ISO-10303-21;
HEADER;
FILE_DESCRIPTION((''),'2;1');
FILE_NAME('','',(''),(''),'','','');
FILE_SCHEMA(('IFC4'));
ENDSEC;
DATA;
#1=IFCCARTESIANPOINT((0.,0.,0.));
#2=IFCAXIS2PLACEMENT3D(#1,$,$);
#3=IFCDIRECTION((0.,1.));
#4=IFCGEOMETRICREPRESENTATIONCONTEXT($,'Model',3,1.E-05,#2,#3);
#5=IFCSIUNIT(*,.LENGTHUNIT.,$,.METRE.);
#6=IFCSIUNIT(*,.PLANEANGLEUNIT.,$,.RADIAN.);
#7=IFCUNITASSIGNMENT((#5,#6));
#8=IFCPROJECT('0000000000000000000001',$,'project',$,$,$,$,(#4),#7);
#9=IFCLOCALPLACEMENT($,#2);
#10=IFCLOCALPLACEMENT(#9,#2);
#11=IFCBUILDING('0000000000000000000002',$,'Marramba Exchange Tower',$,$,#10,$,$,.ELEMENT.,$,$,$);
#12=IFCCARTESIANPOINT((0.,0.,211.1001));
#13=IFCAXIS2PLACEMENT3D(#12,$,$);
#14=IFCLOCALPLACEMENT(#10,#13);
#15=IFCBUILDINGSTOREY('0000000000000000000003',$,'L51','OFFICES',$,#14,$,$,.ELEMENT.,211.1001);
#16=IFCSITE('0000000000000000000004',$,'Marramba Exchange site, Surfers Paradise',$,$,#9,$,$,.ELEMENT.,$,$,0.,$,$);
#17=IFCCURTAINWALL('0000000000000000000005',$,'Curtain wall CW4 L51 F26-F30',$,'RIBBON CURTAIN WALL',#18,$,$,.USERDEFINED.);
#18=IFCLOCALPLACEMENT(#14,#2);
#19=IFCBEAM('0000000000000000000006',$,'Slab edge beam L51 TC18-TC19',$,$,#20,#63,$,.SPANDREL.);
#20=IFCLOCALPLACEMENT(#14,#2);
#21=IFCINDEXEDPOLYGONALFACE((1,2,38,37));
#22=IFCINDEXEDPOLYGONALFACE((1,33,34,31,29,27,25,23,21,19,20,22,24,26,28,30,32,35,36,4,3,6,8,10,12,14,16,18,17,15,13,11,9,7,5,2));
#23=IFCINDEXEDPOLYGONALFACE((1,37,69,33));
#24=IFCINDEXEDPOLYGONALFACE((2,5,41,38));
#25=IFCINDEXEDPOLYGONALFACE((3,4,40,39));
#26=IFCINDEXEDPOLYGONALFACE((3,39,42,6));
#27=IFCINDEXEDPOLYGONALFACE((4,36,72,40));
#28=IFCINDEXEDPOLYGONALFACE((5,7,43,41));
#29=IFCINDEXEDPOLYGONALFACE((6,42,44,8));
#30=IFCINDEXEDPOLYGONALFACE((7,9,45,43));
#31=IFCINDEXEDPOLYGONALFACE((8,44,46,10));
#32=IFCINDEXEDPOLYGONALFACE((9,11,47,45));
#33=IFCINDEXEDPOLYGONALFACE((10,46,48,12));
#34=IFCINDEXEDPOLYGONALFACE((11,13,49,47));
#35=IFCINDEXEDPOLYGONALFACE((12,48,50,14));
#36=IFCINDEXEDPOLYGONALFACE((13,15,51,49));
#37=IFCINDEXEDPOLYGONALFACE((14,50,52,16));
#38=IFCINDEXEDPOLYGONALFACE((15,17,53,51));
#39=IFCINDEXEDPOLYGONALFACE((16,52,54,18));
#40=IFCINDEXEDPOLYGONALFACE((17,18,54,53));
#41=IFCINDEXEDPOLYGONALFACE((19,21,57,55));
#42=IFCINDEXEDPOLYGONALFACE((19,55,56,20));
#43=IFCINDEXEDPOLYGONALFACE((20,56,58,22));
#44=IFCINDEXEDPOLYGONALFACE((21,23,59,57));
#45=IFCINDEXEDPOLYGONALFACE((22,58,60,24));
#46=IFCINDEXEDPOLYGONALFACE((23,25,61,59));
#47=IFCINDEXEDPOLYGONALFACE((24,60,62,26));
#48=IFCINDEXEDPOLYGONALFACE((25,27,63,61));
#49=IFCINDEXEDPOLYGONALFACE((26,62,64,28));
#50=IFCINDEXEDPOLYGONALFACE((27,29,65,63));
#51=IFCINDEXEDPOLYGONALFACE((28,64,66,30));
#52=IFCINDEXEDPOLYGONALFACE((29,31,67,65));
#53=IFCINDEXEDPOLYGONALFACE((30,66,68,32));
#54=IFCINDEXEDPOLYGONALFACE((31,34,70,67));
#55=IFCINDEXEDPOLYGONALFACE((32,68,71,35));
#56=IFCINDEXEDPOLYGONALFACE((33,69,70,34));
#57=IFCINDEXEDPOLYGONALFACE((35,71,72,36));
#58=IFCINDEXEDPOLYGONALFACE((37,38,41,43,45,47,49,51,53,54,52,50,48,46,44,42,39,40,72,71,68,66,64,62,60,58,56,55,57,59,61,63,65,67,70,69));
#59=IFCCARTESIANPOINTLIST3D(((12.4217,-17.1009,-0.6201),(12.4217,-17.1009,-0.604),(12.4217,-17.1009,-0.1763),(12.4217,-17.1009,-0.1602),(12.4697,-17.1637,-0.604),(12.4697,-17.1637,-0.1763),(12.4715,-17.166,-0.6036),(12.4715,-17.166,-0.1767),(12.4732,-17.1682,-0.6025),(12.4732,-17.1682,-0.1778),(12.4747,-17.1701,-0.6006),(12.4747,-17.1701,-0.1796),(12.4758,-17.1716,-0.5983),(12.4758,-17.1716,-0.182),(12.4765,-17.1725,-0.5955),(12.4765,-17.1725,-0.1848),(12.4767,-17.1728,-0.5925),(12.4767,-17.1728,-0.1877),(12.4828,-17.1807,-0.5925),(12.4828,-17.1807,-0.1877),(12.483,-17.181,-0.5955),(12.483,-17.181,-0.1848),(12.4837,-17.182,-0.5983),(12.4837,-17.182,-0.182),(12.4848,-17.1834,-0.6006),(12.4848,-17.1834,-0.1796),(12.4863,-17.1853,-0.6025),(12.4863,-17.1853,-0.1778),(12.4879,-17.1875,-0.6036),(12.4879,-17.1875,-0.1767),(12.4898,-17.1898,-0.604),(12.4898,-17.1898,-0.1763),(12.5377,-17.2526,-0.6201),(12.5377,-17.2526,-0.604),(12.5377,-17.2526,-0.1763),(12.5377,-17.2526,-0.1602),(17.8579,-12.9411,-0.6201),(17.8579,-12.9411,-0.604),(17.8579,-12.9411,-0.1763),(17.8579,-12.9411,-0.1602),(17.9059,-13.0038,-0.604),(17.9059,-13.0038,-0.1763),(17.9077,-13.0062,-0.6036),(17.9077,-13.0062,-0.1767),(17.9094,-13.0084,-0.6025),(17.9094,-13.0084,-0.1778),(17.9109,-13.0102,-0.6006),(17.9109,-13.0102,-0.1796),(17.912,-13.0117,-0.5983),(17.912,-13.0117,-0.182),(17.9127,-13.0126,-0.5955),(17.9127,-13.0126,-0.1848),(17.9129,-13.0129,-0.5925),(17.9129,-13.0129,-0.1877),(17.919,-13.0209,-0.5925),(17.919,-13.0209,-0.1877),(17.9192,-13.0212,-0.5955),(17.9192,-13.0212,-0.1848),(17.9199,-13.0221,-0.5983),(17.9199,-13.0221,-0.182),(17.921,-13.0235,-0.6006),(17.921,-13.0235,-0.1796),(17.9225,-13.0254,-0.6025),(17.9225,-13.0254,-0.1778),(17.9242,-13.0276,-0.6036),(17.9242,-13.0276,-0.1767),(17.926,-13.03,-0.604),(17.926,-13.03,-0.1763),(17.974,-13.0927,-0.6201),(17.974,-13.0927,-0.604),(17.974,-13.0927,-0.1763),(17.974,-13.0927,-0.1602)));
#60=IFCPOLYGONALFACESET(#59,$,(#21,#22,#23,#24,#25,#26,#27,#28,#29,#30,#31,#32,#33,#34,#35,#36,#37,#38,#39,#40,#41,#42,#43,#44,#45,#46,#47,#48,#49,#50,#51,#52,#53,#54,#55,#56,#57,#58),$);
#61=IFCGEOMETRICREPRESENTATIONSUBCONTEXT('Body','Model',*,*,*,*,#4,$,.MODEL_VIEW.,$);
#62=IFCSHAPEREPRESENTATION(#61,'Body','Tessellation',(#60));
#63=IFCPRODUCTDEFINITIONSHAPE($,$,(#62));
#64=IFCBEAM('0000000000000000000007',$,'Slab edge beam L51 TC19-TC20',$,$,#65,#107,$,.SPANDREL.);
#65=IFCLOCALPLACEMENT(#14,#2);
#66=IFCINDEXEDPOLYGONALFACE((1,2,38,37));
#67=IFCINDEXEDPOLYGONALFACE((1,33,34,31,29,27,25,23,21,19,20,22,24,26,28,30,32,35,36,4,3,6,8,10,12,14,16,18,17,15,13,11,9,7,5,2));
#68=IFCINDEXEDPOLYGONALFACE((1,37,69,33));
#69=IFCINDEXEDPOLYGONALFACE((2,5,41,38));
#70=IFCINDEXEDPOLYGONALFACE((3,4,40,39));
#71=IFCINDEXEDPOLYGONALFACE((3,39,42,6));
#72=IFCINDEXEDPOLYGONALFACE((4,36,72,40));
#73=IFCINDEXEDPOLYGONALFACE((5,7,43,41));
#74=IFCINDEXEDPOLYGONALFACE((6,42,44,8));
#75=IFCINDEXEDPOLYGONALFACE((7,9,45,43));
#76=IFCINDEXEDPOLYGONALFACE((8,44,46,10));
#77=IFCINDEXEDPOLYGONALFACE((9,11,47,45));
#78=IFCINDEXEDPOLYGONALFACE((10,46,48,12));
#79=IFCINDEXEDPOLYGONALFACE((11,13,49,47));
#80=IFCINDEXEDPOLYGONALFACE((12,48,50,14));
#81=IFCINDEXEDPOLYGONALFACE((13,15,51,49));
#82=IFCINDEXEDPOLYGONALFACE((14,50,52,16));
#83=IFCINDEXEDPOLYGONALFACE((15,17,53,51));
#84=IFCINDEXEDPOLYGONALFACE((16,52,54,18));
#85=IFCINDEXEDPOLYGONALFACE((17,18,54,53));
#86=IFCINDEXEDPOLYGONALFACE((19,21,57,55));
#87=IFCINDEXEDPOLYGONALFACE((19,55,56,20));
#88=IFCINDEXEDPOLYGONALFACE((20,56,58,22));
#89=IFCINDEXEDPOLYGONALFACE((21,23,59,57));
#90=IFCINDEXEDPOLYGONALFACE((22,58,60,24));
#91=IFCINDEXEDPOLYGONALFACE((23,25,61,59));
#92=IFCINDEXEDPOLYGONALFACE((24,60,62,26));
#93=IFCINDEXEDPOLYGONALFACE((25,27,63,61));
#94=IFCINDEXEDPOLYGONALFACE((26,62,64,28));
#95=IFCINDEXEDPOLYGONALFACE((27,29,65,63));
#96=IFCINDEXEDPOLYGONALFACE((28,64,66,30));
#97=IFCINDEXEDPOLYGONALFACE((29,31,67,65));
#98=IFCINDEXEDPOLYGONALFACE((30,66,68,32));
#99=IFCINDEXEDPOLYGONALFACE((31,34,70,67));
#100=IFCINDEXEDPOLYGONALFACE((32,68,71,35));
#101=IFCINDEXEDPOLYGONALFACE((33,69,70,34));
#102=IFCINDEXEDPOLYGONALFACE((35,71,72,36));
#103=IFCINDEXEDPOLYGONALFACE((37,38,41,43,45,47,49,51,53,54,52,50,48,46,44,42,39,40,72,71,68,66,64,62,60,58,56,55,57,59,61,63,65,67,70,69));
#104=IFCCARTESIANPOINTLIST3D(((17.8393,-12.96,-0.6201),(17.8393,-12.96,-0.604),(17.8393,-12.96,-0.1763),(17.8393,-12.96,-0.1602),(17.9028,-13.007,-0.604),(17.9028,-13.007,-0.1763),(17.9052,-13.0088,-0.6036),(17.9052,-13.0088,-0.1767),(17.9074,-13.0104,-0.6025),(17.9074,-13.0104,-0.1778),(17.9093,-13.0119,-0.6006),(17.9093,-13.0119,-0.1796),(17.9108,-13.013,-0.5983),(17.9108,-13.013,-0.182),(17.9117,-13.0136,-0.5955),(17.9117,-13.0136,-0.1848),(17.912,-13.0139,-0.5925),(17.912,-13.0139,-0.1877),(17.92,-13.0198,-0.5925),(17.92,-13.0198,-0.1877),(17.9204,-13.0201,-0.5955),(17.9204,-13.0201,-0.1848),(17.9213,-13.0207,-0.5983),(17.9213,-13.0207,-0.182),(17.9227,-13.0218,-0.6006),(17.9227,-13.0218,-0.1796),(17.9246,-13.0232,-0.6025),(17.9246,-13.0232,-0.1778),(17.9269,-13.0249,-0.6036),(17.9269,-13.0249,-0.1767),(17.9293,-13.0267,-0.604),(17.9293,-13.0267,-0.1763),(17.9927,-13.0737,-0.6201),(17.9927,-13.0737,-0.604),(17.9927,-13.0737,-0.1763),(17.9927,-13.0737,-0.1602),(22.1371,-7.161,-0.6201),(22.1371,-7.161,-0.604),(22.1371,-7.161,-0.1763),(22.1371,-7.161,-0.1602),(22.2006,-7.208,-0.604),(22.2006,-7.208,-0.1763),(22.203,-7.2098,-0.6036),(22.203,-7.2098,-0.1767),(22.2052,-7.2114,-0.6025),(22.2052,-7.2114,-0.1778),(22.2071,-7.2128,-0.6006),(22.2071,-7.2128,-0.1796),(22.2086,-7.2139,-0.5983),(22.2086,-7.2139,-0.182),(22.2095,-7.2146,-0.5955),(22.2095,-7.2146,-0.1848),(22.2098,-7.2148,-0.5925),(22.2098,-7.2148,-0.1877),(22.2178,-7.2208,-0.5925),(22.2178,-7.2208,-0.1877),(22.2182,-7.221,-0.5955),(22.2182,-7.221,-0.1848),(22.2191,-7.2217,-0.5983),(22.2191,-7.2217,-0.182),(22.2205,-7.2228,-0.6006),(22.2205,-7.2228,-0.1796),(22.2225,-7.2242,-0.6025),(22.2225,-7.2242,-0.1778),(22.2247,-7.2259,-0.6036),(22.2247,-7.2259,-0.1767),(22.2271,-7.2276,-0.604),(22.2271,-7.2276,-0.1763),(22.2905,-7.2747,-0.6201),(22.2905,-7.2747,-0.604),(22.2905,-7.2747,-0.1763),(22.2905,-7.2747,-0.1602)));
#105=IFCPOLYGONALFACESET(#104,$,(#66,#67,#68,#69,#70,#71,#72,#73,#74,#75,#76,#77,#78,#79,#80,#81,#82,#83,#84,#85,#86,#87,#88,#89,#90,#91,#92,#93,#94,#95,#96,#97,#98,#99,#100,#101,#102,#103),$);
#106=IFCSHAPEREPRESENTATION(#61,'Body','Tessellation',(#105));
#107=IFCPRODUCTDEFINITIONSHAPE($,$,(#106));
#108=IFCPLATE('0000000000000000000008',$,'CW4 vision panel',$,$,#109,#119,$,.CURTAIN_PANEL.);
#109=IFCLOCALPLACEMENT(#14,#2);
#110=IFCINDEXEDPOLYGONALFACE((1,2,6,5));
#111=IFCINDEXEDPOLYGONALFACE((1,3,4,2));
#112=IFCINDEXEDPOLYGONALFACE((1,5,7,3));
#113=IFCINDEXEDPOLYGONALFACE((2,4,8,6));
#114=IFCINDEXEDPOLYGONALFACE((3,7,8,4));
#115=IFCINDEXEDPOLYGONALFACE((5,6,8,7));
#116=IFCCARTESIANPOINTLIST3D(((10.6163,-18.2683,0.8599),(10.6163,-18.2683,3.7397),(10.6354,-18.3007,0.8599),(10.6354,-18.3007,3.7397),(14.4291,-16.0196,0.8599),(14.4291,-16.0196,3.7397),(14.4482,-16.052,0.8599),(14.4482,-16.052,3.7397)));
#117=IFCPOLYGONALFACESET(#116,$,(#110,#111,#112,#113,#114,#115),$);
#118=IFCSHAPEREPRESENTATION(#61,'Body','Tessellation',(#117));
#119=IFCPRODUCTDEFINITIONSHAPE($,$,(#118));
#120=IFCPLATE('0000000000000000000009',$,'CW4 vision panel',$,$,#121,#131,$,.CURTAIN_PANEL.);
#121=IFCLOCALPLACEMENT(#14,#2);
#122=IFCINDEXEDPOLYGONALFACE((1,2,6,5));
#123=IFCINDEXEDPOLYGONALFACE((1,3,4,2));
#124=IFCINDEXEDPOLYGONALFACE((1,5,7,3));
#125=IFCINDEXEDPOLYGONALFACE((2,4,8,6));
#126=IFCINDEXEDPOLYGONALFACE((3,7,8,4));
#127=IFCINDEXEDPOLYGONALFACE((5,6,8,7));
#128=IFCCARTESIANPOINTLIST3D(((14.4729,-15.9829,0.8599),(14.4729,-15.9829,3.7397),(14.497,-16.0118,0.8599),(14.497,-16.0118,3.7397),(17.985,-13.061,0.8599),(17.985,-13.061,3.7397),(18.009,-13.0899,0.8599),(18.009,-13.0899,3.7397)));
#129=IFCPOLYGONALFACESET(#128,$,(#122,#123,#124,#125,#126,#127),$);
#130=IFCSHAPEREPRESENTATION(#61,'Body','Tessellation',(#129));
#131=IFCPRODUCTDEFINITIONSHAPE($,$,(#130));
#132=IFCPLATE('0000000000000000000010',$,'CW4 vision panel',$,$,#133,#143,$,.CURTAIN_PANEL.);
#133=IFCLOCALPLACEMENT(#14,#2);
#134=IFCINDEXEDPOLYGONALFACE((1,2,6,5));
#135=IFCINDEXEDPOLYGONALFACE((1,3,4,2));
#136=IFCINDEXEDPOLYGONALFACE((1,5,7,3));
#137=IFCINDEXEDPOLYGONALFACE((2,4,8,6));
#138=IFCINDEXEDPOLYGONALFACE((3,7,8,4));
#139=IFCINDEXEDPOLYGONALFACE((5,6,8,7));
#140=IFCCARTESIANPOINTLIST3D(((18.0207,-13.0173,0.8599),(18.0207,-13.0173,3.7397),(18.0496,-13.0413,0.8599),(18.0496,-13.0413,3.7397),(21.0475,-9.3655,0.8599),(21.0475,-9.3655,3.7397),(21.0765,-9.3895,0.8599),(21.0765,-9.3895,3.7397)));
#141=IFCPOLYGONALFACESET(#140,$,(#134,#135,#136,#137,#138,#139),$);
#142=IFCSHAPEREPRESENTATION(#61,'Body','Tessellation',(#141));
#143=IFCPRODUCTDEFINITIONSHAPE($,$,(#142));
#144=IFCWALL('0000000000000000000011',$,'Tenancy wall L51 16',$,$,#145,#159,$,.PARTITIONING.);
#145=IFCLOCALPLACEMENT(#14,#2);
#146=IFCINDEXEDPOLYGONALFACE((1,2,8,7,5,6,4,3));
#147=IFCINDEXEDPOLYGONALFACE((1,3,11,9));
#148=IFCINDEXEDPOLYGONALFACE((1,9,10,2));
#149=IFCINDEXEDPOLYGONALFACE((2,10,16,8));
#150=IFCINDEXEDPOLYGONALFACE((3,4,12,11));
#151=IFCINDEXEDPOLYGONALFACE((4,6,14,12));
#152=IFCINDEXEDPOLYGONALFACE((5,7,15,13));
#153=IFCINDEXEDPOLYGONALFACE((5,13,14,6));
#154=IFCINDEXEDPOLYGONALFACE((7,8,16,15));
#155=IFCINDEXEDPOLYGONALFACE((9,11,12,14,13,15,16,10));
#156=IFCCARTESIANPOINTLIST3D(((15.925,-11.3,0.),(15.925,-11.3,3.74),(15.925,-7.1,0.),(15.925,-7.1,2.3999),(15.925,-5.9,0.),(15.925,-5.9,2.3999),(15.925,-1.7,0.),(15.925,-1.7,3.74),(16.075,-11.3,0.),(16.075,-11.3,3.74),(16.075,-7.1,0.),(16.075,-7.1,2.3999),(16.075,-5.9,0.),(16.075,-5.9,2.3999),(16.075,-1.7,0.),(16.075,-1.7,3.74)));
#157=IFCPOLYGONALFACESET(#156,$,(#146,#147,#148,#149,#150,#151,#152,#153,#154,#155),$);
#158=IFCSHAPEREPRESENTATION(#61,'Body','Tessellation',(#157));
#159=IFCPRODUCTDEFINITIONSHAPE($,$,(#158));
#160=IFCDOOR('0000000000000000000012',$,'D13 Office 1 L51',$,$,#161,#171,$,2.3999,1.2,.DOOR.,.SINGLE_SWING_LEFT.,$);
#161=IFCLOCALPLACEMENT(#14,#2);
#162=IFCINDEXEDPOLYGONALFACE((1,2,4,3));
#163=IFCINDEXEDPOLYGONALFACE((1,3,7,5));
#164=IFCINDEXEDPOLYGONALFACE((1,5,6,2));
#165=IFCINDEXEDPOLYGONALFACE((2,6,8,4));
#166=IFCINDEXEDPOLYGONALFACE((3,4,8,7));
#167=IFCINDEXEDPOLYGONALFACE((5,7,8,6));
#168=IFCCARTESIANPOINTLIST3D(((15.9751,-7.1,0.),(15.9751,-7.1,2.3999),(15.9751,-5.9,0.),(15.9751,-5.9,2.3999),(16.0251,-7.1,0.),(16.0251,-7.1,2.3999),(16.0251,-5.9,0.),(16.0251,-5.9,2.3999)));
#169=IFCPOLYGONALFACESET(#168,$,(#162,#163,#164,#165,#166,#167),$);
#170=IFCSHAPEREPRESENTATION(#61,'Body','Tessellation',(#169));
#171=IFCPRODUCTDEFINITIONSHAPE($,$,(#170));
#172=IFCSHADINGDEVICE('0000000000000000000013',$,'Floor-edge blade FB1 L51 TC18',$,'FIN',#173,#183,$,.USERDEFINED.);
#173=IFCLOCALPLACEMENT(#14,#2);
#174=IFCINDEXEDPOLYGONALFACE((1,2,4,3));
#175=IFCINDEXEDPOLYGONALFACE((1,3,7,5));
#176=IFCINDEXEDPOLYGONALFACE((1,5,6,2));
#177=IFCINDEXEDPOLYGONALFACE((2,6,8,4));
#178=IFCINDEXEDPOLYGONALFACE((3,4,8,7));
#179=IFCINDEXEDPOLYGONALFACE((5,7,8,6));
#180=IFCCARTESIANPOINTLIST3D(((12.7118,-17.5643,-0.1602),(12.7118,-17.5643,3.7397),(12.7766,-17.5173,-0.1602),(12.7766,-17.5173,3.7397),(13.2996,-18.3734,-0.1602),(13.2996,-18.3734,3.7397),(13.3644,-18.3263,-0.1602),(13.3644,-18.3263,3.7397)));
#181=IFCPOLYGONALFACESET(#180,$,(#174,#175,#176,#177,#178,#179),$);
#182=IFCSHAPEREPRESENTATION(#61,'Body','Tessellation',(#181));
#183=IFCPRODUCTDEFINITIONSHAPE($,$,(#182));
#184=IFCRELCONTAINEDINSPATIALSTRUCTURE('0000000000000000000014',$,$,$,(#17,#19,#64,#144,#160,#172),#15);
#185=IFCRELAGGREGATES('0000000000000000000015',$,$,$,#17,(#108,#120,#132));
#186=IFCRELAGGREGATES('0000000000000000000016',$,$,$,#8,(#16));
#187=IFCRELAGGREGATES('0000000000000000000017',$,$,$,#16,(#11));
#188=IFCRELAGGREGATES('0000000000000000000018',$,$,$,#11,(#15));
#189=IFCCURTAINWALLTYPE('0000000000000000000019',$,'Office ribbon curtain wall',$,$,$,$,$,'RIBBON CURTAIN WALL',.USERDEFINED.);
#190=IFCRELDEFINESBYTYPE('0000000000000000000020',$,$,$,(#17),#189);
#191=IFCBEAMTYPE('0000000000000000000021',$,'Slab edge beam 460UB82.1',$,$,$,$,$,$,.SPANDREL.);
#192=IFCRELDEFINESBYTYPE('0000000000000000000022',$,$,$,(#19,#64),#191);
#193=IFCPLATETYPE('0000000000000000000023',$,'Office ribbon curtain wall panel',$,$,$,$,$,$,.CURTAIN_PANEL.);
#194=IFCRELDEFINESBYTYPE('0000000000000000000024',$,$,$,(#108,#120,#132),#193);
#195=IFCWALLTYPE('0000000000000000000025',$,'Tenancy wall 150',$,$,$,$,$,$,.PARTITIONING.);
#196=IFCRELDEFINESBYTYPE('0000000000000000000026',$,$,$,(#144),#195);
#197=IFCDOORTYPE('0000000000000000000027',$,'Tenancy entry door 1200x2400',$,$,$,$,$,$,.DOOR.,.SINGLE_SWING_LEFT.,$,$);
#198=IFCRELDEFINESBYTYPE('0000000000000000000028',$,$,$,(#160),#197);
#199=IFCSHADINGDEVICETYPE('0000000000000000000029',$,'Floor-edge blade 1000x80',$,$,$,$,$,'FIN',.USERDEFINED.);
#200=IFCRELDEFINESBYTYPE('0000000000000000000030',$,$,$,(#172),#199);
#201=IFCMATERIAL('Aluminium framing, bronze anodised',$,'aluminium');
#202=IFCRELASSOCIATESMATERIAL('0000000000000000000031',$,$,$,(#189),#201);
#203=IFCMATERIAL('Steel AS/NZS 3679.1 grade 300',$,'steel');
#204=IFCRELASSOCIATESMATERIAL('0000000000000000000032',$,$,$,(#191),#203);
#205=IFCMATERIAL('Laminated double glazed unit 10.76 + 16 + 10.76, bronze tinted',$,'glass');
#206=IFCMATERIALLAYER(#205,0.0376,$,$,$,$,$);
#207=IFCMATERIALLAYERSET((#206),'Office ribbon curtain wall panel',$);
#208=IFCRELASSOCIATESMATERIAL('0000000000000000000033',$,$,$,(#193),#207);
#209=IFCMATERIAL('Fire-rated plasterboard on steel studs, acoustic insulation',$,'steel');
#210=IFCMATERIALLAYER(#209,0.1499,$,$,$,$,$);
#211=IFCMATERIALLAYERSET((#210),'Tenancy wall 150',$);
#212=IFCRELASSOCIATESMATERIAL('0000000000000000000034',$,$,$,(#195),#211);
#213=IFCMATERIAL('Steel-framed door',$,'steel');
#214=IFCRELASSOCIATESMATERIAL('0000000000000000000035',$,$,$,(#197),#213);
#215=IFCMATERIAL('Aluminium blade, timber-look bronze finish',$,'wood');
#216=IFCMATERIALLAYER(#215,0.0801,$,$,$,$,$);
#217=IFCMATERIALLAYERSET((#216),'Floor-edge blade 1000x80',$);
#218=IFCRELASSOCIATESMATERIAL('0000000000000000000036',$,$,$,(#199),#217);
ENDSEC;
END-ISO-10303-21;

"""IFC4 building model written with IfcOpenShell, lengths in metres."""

from ifc_helpers import new_model, si_unit, direction, frame, frame_2d, origin, origin_2d, place, context, subcontext, project, spatial, rectangle, i_section, extrude, material, layer, layer_set, material_profile, profile_set, type_object, element, fill, aggregate, save


model = new_model("IFC4")

# Units and contexts
model_context = context("Model", 3, precision=1e-05, world=origin(), true_north=direction((0.0, 1.0)))
body_context = subcontext(model_context, "Body", "Model", "MODEL_VIEW")
ifc_project = project(units=[si_unit("LENGTHUNIT", "METRE"), si_unit("PLANEANGLEUNIT", "RADIAN")], contexts=[model_context])

# Site, building, storey
site_placement = place(None, origin())
site = spatial("IfcSite", under=ifc_project, at=site_placement, Name="Marramba Exchange site, Surfers Paradise", CompositionType="ELEMENT", RefElevation=0.0)
building_placement = place(site_placement, origin())
building = spatial("IfcBuilding", under=site, at=building_placement, Name="Marramba Exchange Tower", CompositionType="ELEMENT")
storey_placement = place(building_placement, frame((0.0, 0.0, 211.1001)))
storey = spatial("IfcBuildingStorey", under=building, at=storey_placement, Name="L51", Description="OFFICES", CompositionType="ELEMENT", Elevation=211.1001)

# Curtain wall
ifc_material_1 = material(Name="Aluminium framing, bronze anodised", Category="aluminium")
curtain_wall_type = type_object("IfcCurtainWallType", Name="Office ribbon curtain wall", ElementType="RIBBON CURTAIN WALL", PredefinedType="USERDEFINED", material=ifc_material_1)
curtain_wall_placement = place(storey_placement, origin())
curtain_wall = element("IfcCurtainWall", 1, at=curtain_wall_placement, inside=storey, type_object=curtain_wall_type, Name="Curtain wall CW4 L51 F26-F30", ObjectType="RIBBON CURTAIN WALL", PredefinedType="USERDEFINED")

# Beams
ifc_material_2 = material(Name="Steel AS/NZS 3679.1 grade 300", Category="steel")
ifc_material_profile_1 = material_profile(ifc_material_2, i_section(OverallWidth=0.1909, OverallDepth=0.46, WebThickness=0.01, FlangeThickness=0.0161, FilletRadius=0.0115, at=origin_2d()), Name="460UB82.1")
ifc_profile_set_1 = profile_set([ifc_material_profile_1], Name="Steel AS/NZS 3679.1 grade 300")
beam_type_1 = type_object("IfcBeamType", Name="Slab edge beam 460UB82.1", PredefinedType="SPANDREL", material=ifc_profile_set_1)
beam_1_placement = place(storey_placement, frame((12.4797, -17.1768, -0.3901), z_axis=(0.794163, 0.607704, 0.0), x_axis=(-0.607704, 0.794163, 0.0)))
element("IfcBeam", 2, at=beam_1_placement, inside=storey, type_object=beam_type_1, Name="Slab edge beam L51 TC18-TC19", PredefinedType="SPANDREL", context=body_context, shape_type="SweptSolid", body=[
    extrude(i_section(OverallWidth=0.1909, OverallDepth=0.46, WebThickness=0.01, FlangeThickness=0.0161, FilletRadius=0.0115, at=origin_2d()), origin(), (0.0, 0.0, 1.0), 6.8452),
])
beam_2_placement = place(storey_placement, frame((17.916, -13.0168, -0.3901), z_axis=(0.595428, 0.803409, 0.0), x_axis=(-0.803409, 0.595428, 0.0)))
element("IfcBeam", 3, at=beam_2_placement, inside=storey, type_object=beam_type_1, Name="Slab edge beam L51 TC19-TC20", PredefinedType="SPANDREL", context=body_context, shape_type="SweptSolid", body=[
    extrude(i_section(OverallWidth=0.1909, OverallDepth=0.46, WebThickness=0.01, FlangeThickness=0.0161, FilletRadius=0.0115, at=origin_2d()), origin(), (0.0, 0.0, 1.0), 7.218),
])

# Plates
ifc_material_3 = material(Name="Laminated double glazed unit 10.76 + 16 + 10.76, bronze tinted", Category="glass")
ifc_layer_1 = layer(ifc_material_3, 0.0376)
ifc_layer_set_1 = layer_set([ifc_layer_1], Name="Office ribbon curtain wall panel")
plate_type = type_object("IfcPlateType", Name="Office ribbon curtain wall panel", PredefinedType="CURTAIN_PANEL", material=ifc_layer_set_1)
plate_1_placement = place(storey_placement, frame((12.5322, -17.1602, 0.8599), z_axis=(0.0, 0.0, 1.0), x_axis=(0.861351, 0.508011, 0.0)))
plate_1 = element("IfcPlate", 4, at=plate_1_placement, type_object=plate_type, Name="CW4 vision panel", PredefinedType="CURTAIN_PANEL", context=body_context, shape_type="SweptSolid", body=[
    extrude(rectangle(XDim=4.4265, YDim=0.0376, at=origin_2d()), origin(), (0.0, 0.0, 1.0), 2.8799),
])
plate_2_placement = place(storey_placement, frame((16.241, -14.5364, 0.8599), z_axis=(0.0, 0.0, 1.0), x_axis=(0.768737, 0.639565, 0.0)))
plate_2 = element("IfcPlate", 5, at=plate_2_placement, type_object=plate_type, Name="CW4 vision panel", PredefinedType="CURTAIN_PANEL", context=body_context, shape_type="SweptSolid", body=[
    extrude(rectangle(XDim=4.5686, YDim=0.0376, at=origin_2d()), origin(), (0.0, 0.0, 1.0), 2.8799),
])
plate_3_placement = place(storey_placement, frame((19.5486, -11.2034, 0.8599), z_axis=(0.0, 0.0, 1.0), x_axis=(0.63815, 0.769912, 0.0)))
plate_3 = element("IfcPlate", 6, at=plate_3_placement, type_object=plate_type, Name="CW4 vision panel", PredefinedType="CURTAIN_PANEL", context=body_context, shape_type="SweptSolid", body=[
    extrude(rectangle(XDim=4.7432, YDim=0.0376, at=origin_2d()), origin(), (0.0, 0.0, 1.0), 2.8799),
])
aggregate(curtain_wall, [plate_1, plate_2, plate_3])

# Wall, opening, door
ifc_material_4 = material(Name="Steel-framed door", Category="steel")
ifc_material_5 = material(Name="Fire-rated plasterboard on steel studs, acoustic insulation", Category="steel")
ifc_layer_2 = layer(ifc_material_5, 0.1499)
ifc_layer_set_2 = layer_set([ifc_layer_2], Name="Tenancy wall 150")
wall_type_1 = type_object("IfcWallType", Name="Tenancy wall 150", PredefinedType="PARTITIONING", material=ifc_layer_set_2)
wall_1_placement = place(storey_placement, frame((16.0, -11.3, 0.0), z_axis=(0.0, 0.0, 1.0), x_axis=(0.0, 1.0, 0.0)))
wall_1 = element("IfcWall", 7, at=wall_1_placement, inside=storey, type_object=wall_type_1, Name="Tenancy wall L51 16", PredefinedType="PARTITIONING", context=body_context, shape_type="SweptSolid", body=[
    extrude(rectangle(XDim=9.6001, YDim=0.1499, at=frame_2d((4.8, 0.0))), origin(), (0.0, 0.0, 1.0), 3.74),
])
opening_1_placement = place(wall_1_placement, frame((4.2, 0.0, 0.0)))
opening_1 = element("IfcOpeningElement", 8, at=opening_1_placement, cuts=wall_1, PredefinedType="OPENING", context=body_context, shape_type="SweptSolid", body=[
    extrude(rectangle(XDim=1.2, YDim=2.3999, at=frame_2d((0.6001, 1.2))), frame((0.0, 0.085, 0.0), z_axis=(0.0, -1.0, 0.0), x_axis=(1.0, 0.0, 0.0)), (0.0, 0.0, 1.0), 0.1699),
])
door_type_1 = type_object("IfcDoorType", Name="Tenancy entry door 1200x2400", OperationType="SINGLE_SWING_LEFT", PredefinedType="DOOR", material=ifc_material_4)
door_1_placement = place(opening_1_placement, origin())
door_1 = element("IfcDoor", 9, at=door_1_placement, inside=storey, type_object=door_type_1, Name="D13 Office 1 L51", OperationType="SINGLE_SWING_LEFT", OverallHeight=2.3999, OverallWidth=1.2, PredefinedType="DOOR", context=body_context, shape_type="SweptSolid", body=[
    extrude(rectangle(XDim=1.2, YDim=2.3999, at=frame_2d((0.6001, 1.2))), frame((0.0, 0.0249, 0.0), z_axis=(0.0, -1.0, 0.0), x_axis=(1.0, 0.0, 0.0)), (0.0, 0.0, 1.0), 0.05),
])
fill(opening_1, door_1)

# Shading device
ifc_material_6 = material(Name="Aluminium blade, timber-look bronze finish", Category="wood")
ifc_layer_3 = layer(ifc_material_6, 0.0801)
ifc_layer_set_3 = layer_set([ifc_layer_3], Name="Floor-edge blade 1000x80")
shading_device_type_1 = type_object("IfcShadingDeviceType", Name="Floor-edge blade 1000x80", ElementType="FIN", PredefinedType="USERDEFINED", material=ifc_layer_set_3)
for number, where, z_axis, x_axis, name in (
    (10, (13.0381, -17.9453, -0.1602), (0.0, 0.0, 1.0), (0.587785, -0.809017, 0.0), "Floor-edge blade FB1 L51 TC18"),
):
    element("IfcShadingDevice", number, at=place(storey_placement, frame(where, z_axis=z_axis, x_axis=x_axis)), inside=storey, type_object=shading_device_type_1, Name=name, ObjectType="FIN", PredefinedType="USERDEFINED", context=body_context, shape_type="SweptSolid", body=[
        extrude(rectangle(XDim=1.0, YDim=0.0801, at=origin_2d()), origin(), (0.0, 0.0, 1.0), 3.8999),
    ])

save(model, "model.ifc")
